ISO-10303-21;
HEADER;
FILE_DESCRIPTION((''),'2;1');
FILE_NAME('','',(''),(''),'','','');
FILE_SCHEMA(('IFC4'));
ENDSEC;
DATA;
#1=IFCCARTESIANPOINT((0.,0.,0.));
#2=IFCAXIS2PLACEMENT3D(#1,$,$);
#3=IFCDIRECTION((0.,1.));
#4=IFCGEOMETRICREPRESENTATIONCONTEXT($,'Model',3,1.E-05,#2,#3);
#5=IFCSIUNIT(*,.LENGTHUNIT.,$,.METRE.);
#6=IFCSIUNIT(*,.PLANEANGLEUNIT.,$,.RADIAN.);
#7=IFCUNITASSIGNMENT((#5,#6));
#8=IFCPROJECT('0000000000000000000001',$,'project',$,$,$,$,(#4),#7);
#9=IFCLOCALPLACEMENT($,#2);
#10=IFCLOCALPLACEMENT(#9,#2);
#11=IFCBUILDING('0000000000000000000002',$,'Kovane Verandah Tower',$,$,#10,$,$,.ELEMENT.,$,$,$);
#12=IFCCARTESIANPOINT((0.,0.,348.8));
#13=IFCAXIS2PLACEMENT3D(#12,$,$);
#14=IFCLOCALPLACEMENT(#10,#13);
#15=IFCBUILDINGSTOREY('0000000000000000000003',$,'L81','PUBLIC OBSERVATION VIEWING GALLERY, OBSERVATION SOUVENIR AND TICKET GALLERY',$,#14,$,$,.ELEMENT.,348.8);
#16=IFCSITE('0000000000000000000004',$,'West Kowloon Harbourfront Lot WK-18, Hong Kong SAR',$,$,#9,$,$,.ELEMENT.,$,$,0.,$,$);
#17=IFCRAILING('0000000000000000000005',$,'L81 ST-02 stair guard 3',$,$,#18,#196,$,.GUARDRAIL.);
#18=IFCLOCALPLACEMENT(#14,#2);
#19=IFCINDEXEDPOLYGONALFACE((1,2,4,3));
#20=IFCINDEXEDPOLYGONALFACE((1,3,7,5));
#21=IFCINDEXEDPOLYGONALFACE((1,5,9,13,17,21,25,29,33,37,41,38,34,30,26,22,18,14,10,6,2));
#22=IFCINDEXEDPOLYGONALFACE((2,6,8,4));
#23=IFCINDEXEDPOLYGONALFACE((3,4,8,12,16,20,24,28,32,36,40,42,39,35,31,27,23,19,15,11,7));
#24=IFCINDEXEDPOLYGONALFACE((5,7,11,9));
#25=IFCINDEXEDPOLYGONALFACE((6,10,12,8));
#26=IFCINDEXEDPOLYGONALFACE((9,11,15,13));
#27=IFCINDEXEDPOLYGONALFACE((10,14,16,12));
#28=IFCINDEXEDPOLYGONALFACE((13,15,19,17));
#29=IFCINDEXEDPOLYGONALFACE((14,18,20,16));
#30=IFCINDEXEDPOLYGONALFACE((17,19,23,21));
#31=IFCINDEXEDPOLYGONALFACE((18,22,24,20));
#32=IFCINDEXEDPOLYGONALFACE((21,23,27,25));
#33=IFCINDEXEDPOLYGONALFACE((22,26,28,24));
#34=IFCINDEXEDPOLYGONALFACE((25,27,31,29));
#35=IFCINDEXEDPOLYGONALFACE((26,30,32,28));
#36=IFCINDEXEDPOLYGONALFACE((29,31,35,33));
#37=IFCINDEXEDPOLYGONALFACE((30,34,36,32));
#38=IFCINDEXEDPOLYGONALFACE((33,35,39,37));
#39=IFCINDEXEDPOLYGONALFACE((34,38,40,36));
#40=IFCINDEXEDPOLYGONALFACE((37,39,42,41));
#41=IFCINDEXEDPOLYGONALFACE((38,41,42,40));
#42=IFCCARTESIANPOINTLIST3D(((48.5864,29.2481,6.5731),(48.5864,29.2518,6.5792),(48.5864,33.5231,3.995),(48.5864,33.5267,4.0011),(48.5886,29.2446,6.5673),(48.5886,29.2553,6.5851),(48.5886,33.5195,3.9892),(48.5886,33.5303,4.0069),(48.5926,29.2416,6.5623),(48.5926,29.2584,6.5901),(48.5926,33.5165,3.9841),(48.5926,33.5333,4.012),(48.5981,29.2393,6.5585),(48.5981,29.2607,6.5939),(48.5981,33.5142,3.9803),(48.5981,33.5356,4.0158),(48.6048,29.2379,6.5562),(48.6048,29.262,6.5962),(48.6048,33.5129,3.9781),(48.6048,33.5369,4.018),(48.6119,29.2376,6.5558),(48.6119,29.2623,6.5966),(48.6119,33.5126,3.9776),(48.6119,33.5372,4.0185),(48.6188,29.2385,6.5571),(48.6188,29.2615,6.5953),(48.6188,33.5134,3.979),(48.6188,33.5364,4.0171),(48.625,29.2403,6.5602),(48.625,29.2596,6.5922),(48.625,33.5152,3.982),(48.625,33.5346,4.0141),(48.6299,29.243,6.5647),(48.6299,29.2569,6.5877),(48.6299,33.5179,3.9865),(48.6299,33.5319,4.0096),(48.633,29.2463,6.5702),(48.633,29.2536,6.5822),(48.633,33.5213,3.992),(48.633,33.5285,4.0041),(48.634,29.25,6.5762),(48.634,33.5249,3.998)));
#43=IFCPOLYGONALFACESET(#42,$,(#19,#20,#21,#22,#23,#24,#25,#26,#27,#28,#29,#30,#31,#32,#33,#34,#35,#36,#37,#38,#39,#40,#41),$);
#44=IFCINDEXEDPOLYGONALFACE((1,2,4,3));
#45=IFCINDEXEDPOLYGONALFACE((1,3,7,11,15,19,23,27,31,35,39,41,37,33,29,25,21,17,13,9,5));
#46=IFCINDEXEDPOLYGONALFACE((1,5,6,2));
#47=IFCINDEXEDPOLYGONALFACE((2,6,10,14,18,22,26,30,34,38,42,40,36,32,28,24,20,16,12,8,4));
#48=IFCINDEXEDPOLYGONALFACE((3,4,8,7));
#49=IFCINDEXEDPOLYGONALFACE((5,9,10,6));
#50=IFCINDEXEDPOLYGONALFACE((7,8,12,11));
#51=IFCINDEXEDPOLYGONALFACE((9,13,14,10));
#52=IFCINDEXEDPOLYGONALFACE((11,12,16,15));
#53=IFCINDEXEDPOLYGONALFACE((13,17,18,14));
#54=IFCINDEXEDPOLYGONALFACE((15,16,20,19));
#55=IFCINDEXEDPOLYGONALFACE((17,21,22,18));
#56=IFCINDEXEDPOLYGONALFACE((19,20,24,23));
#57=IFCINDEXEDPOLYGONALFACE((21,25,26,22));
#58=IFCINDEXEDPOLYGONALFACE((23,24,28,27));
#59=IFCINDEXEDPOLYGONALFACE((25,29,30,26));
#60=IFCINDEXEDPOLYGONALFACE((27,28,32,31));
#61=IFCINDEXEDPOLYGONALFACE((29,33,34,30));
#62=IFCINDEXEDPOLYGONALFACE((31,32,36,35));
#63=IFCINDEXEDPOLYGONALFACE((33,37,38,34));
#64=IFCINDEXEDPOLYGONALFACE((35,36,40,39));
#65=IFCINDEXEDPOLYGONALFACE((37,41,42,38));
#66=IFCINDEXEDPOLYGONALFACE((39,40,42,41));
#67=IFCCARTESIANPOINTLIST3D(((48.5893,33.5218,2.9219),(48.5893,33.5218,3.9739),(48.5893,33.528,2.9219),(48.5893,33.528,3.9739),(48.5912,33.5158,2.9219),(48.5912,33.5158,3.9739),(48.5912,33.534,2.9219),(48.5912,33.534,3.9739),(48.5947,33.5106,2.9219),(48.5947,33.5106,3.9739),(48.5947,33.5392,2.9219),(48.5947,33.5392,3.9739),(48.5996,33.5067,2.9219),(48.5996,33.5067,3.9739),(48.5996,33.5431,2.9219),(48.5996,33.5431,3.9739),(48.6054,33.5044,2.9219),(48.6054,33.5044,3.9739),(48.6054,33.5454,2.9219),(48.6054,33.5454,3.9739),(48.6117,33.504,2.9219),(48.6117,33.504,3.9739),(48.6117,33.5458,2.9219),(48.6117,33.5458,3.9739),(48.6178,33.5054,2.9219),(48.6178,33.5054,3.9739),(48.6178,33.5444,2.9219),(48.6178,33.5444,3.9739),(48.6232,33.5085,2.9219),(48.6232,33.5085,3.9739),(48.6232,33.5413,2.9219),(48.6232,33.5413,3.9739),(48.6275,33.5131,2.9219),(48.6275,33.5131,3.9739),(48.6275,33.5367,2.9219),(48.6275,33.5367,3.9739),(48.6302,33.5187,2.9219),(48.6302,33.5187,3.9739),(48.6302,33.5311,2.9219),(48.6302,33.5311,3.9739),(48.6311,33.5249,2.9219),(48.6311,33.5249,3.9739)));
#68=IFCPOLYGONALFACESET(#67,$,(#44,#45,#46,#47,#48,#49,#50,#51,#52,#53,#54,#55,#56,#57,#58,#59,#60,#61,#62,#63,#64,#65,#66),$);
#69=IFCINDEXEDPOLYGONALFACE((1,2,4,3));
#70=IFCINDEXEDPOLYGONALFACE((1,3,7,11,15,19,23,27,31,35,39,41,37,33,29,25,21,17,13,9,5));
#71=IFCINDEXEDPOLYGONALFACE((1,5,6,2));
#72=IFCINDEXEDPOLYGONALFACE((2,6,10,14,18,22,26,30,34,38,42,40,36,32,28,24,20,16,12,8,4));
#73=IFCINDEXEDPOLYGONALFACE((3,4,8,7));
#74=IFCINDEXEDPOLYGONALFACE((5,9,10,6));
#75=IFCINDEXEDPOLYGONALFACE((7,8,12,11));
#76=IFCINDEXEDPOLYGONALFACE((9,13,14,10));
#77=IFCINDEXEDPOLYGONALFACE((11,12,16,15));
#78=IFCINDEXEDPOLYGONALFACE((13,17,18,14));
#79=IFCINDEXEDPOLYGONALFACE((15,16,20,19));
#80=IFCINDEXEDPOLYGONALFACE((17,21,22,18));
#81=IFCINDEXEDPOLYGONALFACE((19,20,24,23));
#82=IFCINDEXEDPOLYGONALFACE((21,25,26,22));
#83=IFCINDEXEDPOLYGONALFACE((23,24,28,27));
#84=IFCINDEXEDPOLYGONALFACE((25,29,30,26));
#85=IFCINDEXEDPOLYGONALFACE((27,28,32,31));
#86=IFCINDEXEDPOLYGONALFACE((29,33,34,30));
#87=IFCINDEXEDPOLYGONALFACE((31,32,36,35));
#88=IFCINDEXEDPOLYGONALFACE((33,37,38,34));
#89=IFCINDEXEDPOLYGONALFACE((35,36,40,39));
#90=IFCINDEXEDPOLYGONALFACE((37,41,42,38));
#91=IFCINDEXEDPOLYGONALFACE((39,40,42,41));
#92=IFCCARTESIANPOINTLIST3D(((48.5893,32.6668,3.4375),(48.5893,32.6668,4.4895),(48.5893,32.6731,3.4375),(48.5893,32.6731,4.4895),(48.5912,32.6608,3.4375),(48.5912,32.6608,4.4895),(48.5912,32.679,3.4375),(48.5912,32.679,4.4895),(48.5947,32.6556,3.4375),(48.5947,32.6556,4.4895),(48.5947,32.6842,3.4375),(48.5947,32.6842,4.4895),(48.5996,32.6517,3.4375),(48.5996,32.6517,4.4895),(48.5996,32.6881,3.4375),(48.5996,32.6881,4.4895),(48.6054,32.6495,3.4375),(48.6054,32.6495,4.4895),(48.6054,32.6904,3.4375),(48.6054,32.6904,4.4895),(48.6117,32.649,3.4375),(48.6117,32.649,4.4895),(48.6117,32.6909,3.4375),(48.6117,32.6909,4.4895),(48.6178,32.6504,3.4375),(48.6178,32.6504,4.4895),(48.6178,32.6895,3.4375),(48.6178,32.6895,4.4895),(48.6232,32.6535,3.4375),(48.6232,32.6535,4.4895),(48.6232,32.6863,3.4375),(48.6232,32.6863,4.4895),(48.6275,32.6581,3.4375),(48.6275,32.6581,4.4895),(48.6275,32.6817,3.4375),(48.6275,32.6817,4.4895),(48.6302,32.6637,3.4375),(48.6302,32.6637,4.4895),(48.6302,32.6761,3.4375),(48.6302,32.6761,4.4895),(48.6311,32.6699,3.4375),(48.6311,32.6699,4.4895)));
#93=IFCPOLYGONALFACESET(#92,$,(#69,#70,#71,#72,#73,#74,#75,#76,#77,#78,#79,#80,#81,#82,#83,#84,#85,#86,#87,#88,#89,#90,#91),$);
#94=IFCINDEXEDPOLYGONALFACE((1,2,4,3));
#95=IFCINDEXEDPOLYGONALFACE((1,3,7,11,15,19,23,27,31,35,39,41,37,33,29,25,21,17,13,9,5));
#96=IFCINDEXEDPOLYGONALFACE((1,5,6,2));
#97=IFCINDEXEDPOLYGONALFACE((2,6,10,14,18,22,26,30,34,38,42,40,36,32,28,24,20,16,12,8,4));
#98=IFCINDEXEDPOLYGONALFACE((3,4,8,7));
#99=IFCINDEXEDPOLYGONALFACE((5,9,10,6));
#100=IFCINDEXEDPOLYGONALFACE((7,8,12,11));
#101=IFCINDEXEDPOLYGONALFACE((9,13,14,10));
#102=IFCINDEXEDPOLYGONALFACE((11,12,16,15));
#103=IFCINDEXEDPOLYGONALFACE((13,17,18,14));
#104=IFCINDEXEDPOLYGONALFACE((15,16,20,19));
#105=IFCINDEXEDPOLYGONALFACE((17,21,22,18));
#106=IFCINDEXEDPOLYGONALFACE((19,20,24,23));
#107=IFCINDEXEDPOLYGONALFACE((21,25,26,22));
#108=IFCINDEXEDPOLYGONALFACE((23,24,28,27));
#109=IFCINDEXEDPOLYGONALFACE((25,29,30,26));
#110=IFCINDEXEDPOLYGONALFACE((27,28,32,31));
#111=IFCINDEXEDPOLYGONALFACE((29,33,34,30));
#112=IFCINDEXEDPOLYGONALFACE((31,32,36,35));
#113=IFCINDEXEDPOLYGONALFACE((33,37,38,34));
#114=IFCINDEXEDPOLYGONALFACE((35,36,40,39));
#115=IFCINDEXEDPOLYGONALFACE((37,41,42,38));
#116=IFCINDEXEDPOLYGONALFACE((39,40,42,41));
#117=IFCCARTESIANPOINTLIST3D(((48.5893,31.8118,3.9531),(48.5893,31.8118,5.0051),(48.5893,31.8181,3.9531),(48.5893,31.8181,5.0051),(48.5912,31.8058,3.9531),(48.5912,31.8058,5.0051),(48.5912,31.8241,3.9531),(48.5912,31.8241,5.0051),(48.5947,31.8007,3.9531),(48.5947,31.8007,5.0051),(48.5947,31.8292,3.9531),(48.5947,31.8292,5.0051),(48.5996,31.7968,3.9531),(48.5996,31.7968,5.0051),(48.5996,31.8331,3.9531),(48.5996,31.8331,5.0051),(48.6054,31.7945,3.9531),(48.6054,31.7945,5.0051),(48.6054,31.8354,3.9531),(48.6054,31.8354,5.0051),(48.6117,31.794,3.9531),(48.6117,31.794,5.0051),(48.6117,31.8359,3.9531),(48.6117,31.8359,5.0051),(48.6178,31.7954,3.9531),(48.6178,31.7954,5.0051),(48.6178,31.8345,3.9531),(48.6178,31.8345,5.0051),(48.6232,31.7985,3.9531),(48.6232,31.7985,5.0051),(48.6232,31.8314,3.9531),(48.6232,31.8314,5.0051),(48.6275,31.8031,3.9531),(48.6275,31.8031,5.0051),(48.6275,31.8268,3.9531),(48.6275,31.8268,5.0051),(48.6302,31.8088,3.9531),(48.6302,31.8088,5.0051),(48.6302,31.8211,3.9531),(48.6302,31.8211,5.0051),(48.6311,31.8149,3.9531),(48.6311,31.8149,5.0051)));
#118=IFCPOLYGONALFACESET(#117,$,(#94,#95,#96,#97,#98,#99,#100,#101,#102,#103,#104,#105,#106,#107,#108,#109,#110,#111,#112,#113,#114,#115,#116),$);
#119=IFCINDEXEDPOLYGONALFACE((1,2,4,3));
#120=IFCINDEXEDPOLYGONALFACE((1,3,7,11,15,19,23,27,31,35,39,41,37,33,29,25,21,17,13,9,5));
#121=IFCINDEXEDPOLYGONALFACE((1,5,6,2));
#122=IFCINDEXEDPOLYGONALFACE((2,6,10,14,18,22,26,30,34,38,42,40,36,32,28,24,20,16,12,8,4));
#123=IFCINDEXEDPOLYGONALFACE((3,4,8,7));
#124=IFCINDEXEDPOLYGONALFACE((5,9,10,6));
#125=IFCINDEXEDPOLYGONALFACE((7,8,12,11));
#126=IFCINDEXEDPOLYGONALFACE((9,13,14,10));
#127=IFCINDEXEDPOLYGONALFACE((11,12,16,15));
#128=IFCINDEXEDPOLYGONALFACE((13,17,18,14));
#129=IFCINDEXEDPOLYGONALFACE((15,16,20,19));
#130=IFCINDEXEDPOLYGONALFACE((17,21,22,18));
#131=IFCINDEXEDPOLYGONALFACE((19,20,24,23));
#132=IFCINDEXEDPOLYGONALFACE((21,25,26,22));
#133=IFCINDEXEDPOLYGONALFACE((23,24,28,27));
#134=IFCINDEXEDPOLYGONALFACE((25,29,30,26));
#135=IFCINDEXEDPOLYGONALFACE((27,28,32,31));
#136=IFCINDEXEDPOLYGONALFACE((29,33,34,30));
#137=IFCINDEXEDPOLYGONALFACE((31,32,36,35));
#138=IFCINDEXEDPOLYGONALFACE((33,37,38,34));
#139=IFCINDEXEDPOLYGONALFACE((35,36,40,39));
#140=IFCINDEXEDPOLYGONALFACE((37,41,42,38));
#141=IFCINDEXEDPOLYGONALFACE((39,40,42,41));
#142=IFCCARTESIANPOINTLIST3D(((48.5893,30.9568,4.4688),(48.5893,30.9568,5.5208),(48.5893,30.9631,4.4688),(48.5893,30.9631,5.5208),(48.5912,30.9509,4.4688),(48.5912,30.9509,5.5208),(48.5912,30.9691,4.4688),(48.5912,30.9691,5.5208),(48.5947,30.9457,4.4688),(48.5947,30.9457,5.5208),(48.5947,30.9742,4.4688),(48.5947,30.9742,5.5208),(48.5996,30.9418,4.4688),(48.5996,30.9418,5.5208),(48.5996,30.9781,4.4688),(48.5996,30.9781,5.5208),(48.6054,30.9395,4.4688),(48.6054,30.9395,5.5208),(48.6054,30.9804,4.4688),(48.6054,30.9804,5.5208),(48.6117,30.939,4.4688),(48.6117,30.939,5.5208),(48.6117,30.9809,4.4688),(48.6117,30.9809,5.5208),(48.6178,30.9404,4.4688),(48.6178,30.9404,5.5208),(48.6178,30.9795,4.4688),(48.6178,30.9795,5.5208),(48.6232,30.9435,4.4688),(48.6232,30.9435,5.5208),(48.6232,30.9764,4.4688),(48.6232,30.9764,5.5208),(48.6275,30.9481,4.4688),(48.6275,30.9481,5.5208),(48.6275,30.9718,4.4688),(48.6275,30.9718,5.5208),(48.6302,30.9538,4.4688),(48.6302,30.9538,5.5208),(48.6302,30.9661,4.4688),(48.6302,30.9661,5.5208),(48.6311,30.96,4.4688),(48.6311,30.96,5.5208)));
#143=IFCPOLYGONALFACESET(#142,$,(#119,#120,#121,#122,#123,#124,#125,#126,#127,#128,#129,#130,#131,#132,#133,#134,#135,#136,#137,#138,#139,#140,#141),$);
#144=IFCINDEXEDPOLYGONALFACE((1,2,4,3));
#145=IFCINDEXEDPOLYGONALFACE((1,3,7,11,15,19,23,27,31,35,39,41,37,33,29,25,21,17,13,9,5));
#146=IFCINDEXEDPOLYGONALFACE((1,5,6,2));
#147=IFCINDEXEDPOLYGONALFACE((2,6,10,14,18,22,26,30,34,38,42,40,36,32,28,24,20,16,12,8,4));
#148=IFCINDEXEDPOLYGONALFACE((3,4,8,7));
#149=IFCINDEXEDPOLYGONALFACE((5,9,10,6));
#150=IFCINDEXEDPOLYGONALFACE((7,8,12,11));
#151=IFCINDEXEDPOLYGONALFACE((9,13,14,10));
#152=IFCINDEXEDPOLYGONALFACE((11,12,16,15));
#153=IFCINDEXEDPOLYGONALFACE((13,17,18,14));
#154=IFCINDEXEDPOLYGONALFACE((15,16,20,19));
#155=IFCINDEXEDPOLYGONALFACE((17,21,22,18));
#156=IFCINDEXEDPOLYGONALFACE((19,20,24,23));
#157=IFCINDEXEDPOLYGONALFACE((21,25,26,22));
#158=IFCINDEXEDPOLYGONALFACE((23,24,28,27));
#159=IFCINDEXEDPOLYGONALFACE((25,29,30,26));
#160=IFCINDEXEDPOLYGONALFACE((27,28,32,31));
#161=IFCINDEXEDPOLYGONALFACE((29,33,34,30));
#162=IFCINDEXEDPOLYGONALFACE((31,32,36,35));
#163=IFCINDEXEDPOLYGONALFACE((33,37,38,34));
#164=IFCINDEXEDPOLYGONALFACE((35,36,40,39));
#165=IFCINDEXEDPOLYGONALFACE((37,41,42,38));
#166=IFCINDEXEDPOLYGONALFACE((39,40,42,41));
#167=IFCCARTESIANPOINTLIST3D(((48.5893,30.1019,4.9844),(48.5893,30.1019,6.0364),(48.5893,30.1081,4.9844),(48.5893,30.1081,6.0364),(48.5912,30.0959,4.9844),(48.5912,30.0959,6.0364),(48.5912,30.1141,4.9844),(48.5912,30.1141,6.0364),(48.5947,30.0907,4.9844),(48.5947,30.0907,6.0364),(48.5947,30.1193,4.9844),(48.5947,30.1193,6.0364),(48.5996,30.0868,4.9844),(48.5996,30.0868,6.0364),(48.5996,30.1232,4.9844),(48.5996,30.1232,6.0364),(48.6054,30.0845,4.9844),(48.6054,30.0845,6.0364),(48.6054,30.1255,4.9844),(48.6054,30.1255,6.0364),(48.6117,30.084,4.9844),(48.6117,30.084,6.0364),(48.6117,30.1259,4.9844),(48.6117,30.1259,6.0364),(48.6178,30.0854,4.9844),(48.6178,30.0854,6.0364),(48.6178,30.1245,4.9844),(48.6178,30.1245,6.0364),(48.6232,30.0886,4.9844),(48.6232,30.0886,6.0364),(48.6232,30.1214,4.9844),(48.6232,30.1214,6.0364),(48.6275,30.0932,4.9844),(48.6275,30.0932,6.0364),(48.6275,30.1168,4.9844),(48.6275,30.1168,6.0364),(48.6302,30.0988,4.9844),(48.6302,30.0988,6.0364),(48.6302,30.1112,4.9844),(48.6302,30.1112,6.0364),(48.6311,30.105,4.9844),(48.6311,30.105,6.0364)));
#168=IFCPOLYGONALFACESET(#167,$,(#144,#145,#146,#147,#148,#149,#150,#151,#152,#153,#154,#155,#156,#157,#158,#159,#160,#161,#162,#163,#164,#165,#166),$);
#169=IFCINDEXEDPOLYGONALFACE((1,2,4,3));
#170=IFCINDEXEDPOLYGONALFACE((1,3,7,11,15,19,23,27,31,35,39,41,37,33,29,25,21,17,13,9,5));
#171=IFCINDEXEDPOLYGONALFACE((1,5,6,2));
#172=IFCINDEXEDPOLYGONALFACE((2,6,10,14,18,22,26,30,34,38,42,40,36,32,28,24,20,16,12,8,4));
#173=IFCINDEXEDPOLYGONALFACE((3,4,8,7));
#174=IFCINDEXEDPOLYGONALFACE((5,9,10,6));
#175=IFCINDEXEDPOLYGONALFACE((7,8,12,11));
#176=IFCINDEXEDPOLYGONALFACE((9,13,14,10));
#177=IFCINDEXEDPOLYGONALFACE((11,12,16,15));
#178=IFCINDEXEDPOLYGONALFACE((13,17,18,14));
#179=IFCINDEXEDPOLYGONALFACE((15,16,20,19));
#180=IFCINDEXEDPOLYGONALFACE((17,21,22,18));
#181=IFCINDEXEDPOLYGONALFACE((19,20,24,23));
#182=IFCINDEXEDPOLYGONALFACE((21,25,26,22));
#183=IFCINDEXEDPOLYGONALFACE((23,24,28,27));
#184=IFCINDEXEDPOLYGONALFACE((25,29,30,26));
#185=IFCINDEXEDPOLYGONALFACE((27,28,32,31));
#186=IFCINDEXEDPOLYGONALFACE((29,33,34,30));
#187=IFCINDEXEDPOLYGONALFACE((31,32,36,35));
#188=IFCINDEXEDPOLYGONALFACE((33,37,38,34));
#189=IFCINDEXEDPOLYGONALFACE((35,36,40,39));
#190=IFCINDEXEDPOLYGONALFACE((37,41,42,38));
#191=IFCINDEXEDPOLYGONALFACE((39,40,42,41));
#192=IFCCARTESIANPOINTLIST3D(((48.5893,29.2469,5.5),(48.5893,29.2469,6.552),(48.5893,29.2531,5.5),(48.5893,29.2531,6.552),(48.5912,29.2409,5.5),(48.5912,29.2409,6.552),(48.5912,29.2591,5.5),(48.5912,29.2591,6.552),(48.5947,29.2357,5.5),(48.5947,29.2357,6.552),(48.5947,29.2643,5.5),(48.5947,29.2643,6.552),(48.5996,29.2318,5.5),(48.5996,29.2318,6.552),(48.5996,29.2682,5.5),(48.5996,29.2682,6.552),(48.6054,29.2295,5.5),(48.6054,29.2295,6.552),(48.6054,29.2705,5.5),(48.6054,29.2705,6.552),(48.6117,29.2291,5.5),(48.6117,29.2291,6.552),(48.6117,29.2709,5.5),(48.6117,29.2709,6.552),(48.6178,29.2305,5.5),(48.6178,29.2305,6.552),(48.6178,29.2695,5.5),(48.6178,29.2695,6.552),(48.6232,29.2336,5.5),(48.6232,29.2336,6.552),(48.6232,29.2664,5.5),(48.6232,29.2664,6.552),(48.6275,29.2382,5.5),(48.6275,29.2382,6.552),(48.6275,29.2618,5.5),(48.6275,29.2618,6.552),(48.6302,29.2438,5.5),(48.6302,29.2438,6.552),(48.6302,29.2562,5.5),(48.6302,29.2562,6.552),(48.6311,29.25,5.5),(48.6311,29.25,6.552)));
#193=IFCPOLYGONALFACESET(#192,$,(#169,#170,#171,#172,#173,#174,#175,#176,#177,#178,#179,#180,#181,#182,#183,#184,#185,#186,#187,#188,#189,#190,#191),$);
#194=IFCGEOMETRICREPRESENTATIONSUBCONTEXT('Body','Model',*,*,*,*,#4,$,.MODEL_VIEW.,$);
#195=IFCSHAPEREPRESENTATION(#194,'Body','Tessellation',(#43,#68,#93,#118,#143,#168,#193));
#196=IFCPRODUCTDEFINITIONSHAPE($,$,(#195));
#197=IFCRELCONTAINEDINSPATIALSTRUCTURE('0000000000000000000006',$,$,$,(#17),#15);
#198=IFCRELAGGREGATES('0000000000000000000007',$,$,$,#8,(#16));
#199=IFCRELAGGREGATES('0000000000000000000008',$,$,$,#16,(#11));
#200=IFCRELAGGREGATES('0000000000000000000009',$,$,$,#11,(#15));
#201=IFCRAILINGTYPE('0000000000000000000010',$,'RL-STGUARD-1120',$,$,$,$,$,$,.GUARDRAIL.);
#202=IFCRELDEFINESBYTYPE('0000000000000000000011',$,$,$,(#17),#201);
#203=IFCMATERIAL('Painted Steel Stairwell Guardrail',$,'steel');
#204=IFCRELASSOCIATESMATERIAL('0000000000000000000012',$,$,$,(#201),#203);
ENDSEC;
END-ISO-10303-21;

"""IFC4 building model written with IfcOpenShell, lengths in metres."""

from ifc_helpers import new_model, si_unit, direction, frame, origin, origin_2d, place, context, subcontext, project, spatial, circle, extrude, material, type_object, element, save


model = new_model("IFC4")

# Units and contexts
model_context = context("Model", 3, precision=1e-05, world=origin(), true_north=direction((0.0, 1.0)))
body_context = subcontext(model_context, "Body", "Model", "MODEL_VIEW")
ifc_project = project(units=[si_unit("LENGTHUNIT", "METRE"), si_unit("PLANEANGLEUNIT", "RADIAN")], contexts=[model_context])

# Site, building, storey
site_placement = place(None, origin())
site = spatial("IfcSite", under=ifc_project, at=site_placement, Name="West Kowloon Harbourfront Lot WK-18, Hong Kong SAR", CompositionType="ELEMENT", RefElevation=0.0)
building_placement = place(site_placement, origin())
building = spatial("IfcBuilding", under=site, at=building_placement, Name="Kovane Verandah Tower", CompositionType="ELEMENT")
storey_placement = place(building_placement, frame((0.0, 0.0, 348.8)))
storey = spatial("IfcBuildingStorey", under=building, at=storey_placement, Name="L81", Description="PUBLIC OBSERVATION VIEWING GALLERY, OBSERVATION SOUVENIR AND TICKET GALLERY", CompositionType="ELEMENT", Elevation=348.8)

# Railing
ifc_material_1 = material(Name="Painted Steel Stairwell Guardrail", Category="steel")
railing_type_1 = type_object("IfcRailingType", Name="RL-STGUARD-1120", PredefinedType="GUARDRAIL", material=ifc_material_1)
railing_1_placement = place(storey_placement, frame((48.6101, 33.5249, 2.9219)))
element("IfcRailing", 1, at=railing_1_placement, inside=storey, type_object=railing_type_1, Name="L81 ST-02 stair guard 3", PredefinedType="GUARDRAIL", context=body_context, shape_type="SweptSolid", body=[
    extrude(circle(Radius=0.0239, at=origin_2d()), frame((0.0, 0.0, 1.0762), z_axis=(0.0, -0.856326, 0.516436), x_axis=(1.0, 0.0, 0.0)), (0.0, 0.0, 1.0), 4.9922),
    extrude(circle(Radius=0.021, at=origin_2d()), origin(), (0.0, 0.0, 1.0), 1.052),
    extrude(circle(Radius=0.021, at=origin_2d()), frame((0.0, -0.855, 0.5156)), (0.0, 0.0, 1.0), 1.052),
    extrude(circle(Radius=0.021, at=origin_2d()), frame((0.0, -1.71, 1.0312)), (0.0, 0.0, 1.0), 1.052),
    extrude(circle(Radius=0.021, at=origin_2d()), frame((0.0, -2.5649, 1.5469)), (0.0, 0.0, 1.0), 1.052),
    extrude(circle(Radius=0.021, at=origin_2d()), frame((0.0, -3.4199, 2.0625)), (0.0, 0.0, 1.0), 1.052),
    extrude(circle(Radius=0.021, at=origin_2d()), frame((0.0, -4.2749, 2.5781)), (0.0, 0.0, 1.0), 1.052),
])

save(model, "model.ifc")
